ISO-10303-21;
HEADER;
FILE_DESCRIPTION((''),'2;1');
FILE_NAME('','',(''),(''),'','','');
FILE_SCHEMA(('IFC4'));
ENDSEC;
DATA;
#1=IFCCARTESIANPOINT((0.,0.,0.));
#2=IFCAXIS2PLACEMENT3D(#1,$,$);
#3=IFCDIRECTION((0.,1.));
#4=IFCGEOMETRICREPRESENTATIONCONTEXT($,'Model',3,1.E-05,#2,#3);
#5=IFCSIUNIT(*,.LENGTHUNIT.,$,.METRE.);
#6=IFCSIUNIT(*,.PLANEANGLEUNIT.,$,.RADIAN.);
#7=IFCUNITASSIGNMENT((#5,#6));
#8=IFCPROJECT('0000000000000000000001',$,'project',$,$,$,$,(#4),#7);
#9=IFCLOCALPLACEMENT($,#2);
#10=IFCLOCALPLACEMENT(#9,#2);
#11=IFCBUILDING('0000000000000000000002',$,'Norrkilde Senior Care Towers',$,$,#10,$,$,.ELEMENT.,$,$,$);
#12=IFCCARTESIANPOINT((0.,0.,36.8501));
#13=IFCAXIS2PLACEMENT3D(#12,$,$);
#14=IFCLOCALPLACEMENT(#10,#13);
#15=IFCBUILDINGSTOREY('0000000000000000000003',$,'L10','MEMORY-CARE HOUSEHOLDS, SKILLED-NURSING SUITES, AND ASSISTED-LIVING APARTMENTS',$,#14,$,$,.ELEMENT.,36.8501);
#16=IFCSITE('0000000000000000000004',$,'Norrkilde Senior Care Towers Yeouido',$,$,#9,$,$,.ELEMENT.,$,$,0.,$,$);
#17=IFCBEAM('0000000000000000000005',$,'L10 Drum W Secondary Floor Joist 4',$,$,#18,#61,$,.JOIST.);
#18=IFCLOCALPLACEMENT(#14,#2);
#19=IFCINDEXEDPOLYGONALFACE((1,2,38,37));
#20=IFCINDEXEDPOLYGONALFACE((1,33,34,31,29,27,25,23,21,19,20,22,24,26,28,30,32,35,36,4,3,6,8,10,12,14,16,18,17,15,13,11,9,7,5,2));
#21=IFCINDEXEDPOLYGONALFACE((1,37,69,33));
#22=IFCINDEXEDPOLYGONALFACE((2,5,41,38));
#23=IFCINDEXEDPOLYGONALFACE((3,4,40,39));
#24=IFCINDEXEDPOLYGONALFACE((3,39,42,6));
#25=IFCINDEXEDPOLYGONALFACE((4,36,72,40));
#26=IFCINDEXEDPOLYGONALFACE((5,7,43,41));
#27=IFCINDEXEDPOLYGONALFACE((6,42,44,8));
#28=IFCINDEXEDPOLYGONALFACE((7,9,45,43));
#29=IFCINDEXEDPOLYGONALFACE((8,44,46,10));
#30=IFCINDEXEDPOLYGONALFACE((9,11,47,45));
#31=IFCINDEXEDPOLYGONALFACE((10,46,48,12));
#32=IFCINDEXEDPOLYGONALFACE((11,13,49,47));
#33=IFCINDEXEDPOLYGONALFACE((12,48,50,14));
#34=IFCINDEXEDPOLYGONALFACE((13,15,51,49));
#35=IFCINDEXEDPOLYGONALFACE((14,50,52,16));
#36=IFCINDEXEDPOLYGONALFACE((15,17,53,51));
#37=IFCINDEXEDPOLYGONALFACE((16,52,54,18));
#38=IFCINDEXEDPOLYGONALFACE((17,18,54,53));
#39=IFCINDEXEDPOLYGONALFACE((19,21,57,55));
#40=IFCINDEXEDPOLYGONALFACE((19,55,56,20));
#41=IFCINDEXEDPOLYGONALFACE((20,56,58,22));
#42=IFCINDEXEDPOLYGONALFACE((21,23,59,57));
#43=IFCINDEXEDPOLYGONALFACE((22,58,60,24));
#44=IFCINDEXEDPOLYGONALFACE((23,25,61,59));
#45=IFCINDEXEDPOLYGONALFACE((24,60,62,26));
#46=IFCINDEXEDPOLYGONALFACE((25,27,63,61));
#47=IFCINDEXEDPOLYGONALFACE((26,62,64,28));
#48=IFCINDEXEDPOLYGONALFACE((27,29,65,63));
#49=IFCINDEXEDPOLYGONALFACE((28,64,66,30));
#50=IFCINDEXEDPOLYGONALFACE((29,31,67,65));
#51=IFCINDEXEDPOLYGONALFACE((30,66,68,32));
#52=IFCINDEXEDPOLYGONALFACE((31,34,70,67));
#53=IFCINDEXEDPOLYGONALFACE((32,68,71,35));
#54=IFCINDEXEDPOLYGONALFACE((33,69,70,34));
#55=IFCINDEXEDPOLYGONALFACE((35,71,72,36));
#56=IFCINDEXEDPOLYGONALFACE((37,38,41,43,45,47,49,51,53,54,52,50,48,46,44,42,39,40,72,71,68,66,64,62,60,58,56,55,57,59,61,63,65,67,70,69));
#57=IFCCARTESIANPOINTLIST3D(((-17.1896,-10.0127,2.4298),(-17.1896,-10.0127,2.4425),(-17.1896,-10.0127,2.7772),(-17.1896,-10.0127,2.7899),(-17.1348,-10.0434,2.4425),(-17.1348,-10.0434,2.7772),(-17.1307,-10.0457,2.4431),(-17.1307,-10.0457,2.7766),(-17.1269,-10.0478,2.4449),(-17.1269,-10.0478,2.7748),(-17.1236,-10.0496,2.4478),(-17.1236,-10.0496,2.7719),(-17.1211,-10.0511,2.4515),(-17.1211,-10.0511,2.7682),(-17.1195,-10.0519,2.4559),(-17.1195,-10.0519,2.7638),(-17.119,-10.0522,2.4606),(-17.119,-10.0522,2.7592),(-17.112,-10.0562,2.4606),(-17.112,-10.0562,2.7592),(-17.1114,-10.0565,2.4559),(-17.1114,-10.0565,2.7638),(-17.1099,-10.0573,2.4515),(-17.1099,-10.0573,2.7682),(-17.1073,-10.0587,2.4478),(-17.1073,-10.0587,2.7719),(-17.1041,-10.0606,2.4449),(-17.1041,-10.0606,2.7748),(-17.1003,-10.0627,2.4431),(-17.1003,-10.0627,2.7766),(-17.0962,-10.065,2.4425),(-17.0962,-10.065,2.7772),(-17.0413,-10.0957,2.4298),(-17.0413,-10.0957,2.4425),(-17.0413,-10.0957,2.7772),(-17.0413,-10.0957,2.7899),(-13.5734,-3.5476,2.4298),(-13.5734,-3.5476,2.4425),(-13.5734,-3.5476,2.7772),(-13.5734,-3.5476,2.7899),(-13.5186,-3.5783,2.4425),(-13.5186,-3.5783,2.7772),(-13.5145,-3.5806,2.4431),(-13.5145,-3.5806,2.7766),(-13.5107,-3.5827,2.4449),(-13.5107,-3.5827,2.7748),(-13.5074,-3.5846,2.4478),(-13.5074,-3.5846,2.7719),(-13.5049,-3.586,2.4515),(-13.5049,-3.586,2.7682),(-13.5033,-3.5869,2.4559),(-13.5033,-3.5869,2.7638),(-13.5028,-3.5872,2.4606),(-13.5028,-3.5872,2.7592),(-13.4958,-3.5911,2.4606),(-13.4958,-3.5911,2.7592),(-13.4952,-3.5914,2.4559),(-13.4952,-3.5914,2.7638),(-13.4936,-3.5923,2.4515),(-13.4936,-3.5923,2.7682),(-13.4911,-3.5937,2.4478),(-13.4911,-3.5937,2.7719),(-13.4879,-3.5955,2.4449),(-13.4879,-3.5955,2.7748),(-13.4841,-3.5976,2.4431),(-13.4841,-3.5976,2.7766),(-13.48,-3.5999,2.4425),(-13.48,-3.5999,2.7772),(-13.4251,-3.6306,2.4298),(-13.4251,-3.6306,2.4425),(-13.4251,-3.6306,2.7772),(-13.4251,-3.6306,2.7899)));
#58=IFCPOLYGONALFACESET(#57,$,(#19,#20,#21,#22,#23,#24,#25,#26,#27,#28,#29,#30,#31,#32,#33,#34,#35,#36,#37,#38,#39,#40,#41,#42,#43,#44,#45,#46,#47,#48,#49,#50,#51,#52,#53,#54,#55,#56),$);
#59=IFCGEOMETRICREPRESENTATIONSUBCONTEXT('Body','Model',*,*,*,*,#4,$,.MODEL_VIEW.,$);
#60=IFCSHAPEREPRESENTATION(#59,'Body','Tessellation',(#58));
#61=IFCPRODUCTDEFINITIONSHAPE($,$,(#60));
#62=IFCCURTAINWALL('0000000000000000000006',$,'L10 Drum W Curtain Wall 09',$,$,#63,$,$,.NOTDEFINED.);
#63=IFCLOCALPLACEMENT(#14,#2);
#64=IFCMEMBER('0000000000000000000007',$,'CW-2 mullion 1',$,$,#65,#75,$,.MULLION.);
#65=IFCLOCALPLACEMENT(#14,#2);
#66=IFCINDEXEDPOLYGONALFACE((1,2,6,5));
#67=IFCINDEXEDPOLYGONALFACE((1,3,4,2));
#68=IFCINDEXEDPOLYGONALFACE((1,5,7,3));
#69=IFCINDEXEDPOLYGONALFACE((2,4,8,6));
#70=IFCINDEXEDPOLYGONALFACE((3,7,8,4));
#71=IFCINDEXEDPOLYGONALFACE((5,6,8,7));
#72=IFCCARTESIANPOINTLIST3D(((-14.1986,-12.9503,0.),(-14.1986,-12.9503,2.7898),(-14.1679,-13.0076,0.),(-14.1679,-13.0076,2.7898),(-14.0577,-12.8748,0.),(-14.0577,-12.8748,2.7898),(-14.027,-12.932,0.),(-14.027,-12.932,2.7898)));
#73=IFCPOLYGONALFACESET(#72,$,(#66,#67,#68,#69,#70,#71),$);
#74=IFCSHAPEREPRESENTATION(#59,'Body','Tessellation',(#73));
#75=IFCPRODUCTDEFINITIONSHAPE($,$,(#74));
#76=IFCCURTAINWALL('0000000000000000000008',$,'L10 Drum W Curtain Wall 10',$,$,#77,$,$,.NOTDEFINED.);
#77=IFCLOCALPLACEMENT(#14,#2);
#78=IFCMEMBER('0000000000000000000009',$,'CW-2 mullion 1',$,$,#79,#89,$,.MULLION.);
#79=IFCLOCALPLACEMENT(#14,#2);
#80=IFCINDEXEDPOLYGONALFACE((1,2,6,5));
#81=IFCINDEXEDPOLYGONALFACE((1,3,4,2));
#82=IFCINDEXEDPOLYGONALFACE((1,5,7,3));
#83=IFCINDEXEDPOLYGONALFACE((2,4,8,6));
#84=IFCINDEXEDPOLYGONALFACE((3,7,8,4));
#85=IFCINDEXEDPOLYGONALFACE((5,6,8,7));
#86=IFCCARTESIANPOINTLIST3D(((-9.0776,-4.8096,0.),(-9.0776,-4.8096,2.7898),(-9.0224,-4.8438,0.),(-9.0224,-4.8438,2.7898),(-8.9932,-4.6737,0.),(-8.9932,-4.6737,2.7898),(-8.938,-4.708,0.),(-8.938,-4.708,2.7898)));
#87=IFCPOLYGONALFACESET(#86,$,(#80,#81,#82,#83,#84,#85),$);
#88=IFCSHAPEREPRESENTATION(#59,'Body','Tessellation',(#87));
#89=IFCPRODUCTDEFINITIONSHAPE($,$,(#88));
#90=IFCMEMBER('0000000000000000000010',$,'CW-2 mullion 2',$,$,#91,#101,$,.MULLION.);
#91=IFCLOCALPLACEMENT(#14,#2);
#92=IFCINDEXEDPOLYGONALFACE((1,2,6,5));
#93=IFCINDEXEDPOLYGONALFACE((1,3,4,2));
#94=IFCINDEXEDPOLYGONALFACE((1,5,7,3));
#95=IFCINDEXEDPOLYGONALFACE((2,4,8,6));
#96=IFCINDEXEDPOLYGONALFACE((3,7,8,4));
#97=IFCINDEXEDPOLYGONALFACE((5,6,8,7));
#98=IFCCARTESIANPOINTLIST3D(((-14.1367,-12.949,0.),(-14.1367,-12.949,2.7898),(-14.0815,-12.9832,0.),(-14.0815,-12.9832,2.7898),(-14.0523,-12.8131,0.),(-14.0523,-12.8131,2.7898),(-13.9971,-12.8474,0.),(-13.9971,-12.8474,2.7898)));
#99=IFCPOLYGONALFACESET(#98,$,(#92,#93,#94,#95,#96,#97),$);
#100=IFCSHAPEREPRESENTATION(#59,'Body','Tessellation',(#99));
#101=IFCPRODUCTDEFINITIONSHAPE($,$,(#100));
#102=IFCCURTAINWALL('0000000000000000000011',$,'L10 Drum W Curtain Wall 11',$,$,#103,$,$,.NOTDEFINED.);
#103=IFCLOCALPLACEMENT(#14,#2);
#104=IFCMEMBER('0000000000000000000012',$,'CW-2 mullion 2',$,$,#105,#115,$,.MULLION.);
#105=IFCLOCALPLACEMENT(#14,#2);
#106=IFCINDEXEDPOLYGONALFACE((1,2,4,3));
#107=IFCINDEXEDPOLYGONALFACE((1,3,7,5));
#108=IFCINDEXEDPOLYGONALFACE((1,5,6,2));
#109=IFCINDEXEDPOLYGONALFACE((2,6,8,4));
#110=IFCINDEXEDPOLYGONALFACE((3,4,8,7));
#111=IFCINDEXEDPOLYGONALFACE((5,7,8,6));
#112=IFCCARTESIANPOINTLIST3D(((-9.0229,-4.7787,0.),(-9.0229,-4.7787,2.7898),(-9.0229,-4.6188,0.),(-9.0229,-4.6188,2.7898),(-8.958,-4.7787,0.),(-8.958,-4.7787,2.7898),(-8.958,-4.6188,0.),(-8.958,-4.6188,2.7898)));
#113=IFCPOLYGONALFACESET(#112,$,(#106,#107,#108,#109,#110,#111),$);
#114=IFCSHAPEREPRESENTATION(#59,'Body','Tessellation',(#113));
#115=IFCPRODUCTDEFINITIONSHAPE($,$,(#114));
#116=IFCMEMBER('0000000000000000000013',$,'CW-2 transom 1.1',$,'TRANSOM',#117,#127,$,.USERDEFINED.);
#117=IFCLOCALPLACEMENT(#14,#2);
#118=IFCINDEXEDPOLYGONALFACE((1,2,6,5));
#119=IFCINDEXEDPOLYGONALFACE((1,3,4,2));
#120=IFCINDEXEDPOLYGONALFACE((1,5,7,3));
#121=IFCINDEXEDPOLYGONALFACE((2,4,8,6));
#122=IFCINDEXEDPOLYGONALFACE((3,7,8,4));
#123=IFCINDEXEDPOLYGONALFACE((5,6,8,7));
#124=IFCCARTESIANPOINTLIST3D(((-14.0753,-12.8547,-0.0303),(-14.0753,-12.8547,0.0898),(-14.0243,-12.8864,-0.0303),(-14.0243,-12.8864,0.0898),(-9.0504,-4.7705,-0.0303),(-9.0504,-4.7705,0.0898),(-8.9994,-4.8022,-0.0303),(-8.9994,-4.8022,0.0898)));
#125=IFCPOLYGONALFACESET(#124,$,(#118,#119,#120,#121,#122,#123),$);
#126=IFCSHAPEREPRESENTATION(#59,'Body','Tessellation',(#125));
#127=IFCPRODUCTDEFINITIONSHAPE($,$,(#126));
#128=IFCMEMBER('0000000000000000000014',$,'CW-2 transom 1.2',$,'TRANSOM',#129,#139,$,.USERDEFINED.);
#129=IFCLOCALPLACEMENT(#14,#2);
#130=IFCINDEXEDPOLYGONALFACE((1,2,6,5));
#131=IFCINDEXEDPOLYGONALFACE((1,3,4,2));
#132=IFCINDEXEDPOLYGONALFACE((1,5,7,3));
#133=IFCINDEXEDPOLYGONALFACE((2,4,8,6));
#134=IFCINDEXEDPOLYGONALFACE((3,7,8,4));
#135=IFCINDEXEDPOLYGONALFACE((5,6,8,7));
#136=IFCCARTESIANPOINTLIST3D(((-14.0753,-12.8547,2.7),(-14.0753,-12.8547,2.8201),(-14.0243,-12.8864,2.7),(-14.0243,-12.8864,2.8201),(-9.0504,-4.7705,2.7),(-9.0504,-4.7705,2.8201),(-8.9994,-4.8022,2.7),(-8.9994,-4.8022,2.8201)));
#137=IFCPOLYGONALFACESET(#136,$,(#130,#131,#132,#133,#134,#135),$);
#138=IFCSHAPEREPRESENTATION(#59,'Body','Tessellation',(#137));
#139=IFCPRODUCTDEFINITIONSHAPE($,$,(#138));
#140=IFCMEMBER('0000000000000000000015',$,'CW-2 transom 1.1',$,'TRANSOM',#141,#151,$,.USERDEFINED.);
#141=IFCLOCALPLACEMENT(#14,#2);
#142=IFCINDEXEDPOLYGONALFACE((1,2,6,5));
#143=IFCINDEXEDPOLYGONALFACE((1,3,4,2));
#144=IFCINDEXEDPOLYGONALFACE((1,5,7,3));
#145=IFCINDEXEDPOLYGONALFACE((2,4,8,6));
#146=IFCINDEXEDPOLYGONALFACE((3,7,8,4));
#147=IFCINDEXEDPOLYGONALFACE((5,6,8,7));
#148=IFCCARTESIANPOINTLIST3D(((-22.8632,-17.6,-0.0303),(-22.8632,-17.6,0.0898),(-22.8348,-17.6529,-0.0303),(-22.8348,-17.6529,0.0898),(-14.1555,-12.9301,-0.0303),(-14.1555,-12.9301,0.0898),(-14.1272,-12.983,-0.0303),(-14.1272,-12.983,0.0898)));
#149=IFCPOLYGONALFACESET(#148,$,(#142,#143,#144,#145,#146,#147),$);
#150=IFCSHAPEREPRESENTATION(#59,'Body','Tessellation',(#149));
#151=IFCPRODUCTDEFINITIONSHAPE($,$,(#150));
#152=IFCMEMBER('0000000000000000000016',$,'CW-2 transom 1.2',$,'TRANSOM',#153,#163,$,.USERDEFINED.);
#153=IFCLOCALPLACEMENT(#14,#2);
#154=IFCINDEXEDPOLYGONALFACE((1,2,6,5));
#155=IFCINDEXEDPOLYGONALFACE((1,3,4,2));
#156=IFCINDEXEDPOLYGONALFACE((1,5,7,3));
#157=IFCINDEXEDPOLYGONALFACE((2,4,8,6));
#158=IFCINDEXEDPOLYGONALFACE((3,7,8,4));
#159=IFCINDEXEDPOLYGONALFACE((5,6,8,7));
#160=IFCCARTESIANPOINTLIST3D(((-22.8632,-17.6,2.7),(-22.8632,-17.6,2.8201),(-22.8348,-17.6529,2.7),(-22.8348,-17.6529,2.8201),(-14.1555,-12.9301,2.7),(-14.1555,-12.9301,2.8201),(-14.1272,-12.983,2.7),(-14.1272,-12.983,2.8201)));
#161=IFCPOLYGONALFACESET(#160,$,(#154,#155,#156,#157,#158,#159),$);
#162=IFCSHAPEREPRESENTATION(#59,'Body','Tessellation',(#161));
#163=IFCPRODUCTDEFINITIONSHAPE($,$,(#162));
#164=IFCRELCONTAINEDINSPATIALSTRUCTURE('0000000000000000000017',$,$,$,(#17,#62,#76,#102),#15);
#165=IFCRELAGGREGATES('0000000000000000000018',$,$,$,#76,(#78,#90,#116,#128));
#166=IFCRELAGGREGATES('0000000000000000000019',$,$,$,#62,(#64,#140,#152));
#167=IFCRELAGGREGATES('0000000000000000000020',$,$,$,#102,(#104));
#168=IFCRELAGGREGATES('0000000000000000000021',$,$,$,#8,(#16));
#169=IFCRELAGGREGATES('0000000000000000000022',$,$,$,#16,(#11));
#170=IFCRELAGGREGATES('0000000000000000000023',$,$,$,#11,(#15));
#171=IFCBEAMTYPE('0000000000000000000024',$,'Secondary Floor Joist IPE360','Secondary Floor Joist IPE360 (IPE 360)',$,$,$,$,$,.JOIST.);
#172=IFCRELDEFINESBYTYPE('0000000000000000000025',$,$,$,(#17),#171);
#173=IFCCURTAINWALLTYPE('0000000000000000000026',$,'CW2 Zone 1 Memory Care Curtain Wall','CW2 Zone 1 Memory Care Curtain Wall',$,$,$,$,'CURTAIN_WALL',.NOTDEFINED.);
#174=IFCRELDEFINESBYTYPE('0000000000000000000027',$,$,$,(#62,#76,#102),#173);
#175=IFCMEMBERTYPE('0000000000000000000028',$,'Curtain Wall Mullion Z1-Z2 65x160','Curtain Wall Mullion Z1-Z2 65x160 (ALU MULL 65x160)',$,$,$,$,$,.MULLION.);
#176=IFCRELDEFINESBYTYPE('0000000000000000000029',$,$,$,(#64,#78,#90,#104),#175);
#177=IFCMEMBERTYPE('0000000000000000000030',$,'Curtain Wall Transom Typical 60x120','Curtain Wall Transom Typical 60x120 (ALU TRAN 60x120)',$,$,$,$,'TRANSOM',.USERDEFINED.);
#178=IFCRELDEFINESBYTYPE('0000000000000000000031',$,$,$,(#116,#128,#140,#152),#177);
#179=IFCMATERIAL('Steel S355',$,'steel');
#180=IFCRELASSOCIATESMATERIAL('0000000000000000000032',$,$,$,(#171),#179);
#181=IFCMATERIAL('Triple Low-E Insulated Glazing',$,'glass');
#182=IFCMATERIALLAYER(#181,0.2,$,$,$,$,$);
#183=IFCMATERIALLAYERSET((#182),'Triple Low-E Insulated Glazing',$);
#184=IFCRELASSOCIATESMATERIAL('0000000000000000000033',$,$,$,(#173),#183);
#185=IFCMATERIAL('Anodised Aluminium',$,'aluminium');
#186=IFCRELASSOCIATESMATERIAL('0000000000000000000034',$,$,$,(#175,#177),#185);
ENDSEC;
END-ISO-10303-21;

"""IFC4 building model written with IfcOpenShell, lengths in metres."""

from ifc_helpers import new_model, si_unit, direction, frame, origin, origin_2d, place, context, subcontext, project, spatial, rectangle, i_section, extrude, source, transform, mapped, material, layer, layer_set, material_profile, profile_set, type_object, type_shapes, element, aggregate, save


model = new_model("IFC4")

# Units and contexts
model_context = context("Model", 3, precision=1e-05, world=origin(), true_north=direction((0.0, 1.0)))
body_context = subcontext(model_context, "Body", "Model", "MODEL_VIEW")
ifc_project = project(units=[si_unit("LENGTHUNIT", "METRE"), si_unit("PLANEANGLEUNIT", "RADIAN")], contexts=[model_context])

# Site, building, storey
site_placement = place(None, origin())
site = spatial("IfcSite", under=ifc_project, at=site_placement, Name="Norrkilde Senior Care Towers Yeouido", CompositionType="ELEMENT", RefElevation=0.0)
building_placement = place(site_placement, origin())
building = spatial("IfcBuilding", under=site, at=building_placement, Name="Norrkilde Senior Care Towers", CompositionType="ELEMENT")
storey_placement = place(building_placement, frame((0.0, 0.0, 36.8501)))
storey = spatial("IfcBuildingStorey", under=building, at=storey_placement, Name="L10", Description="MEMORY-CARE HOUSEHOLDS, SKILLED-NURSING SUITES, AND ASSISTED-LIVING APARTMENTS", CompositionType="ELEMENT", Elevation=36.8501)

# Beam
ifc_material_1 = material(Name="Steel S355", Category="steel")
ifc_material_profile_1 = material_profile(ifc_material_1, i_section(OverallWidth=0.1699, OverallDepth=0.3601, WebThickness=0.0081, FlangeThickness=0.0127, FilletRadius=0.0181, at=origin_2d()), Name="IPE 360")
ifc_profile_set_1 = profile_set([ifc_material_profile_1], Name="Steel S355")
beam_type_1 = type_object("IfcBeamType", Name="Secondary Floor Joist IPE360", Description="Secondary Floor Joist IPE360 (IPE 360)", PredefinedType="JOIST", material=ifc_profile_set_1)
shared_shape_1 = source(origin(), body_context, "Body", "SweptSolid", [
    extrude(i_section(OverallWidth=0.1699, OverallDepth=0.3601, WebThickness=0.0081, FlangeThickness=0.0127, FilletRadius=0.0181, at=origin_2d()), origin(), (0.0, 0.0, 1.0), 7.4077),
])
type_shapes(beam_type_1, [shared_shape_1])
beam_1_placement = place(storey_placement, frame((-17.1155, -10.0542, 2.6099), z_axis=(0.488168, 0.87275, 0.0), x_axis=(-0.87275, 0.488168, 0.0)))
element("IfcBeam", 1, at=beam_1_placement, inside=storey, type_object=beam_type_1, Name="L10 Drum W Secondary Floor Joist 4", PredefinedType="JOIST", context=body_context, shape_type="MappedRepresentation", body=[
    mapped(shared_shape_1, transform((0.0, 0.0, 0.0), x_axis=(1.0, 0.0, 0.0), y_axis=(0.0, 1.0, 0.0), z_axis=(0.0, 0.0, 1.0), scale=1.0)),
])

# Curtain wall, member
ifc_material_2 = material(Name="Triple Low-E Insulated Glazing", Category="glass")
ifc_layer_1 = layer(ifc_material_2, 0.2)
ifc_layer_set_1 = layer_set([ifc_layer_1], Name="Triple Low-E Insulated Glazing")
curtain_wall_type = type_object("IfcCurtainWallType", Name="CW2 Zone 1 Memory Care Curtain Wall", Description="CW2 Zone 1 Memory Care Curtain Wall", ElementType="CURTAIN_WALL", PredefinedType="NOTDEFINED", material=ifc_layer_set_1)
curtain_wall_1_placement = place(storey_placement, origin())
curtain_wall_1 = element("IfcCurtainWall", 2, at=curtain_wall_1_placement, inside=storey, type_object=curtain_wall_type, Name="L10 Drum W Curtain Wall 09", PredefinedType="NOTDEFINED")
ifc_material_3 = material(Name="Anodised Aluminium", Category="aluminium")
ifc_material_profile_2 = material_profile(ifc_material_3, rectangle(XDim=0.0649, YDim=0.1599, at=origin_2d()), Name="ALU MULL 65x160")
ifc_profile_set_2 = profile_set([ifc_material_profile_2], Name="Anodised Aluminium")
member_type_1 = type_object("IfcMemberType", Name="Curtain Wall Mullion Z1-Z2 65x160", Description="Curtain Wall Mullion Z1-Z2 65x160 (ALU MULL 65x160)", PredefinedType="MULLION", material=ifc_profile_set_2)
shared_shape_2 = source(origin(), body_context, "Body", "SweptSolid", [
    extrude(rectangle(XDim=0.0649, YDim=0.1599, at=origin_2d()), origin(), (0.0, 0.0, 1.0), 2.7898),
])
type_shapes(member_type_1, [shared_shape_2])
member_1_placement = place(storey_placement, frame((-14.1128, -12.9412, 0.0), z_axis=(0.0, 0.0, 1.0), x_axis=(0.472608, -0.881273, 0.0)))
member_1 = element("IfcMember", 3, at=member_1_placement, type_object=member_type_1, Name="CW-2 mullion 1", PredefinedType="MULLION", context=body_context, shape_type="MappedRepresentation", body=[
    mapped(shared_shape_2, transform((0.0, 0.0, 0.0), x_axis=(1.0, 0.0, 0.0), y_axis=(0.0, 1.0, 0.0), z_axis=(0.0, 0.0, 1.0), scale=1.0)),
])

# Curtain wall, members
curtain_wall_2_placement = place(storey_placement, origin())
curtain_wall_2 = element("IfcCurtainWall", 4, at=curtain_wall_2_placement, inside=storey, type_object=curtain_wall_type, Name="L10 Drum W Curtain Wall 10", PredefinedType="NOTDEFINED")
member_2_placement = place(storey_placement, frame((-9.0078, -4.7588, 0.0), z_axis=(0.0, 0.0, 1.0), x_axis=(0.849306, -0.527901, 0.0)))
member_2 = element("IfcMember", 5, at=member_2_placement, type_object=member_type_1, Name="CW-2 mullion 1", PredefinedType="MULLION", context=body_context, shape_type="MappedRepresentation", body=[
    mapped(shared_shape_2, transform((0.0, 0.0, 0.0), x_axis=(1.0, 0.0, 0.0), y_axis=(0.0, 1.0, 0.0), z_axis=(0.0, 0.0, 1.0), scale=1.0)),
])
member_3_placement = place(storey_placement, frame((-14.0669, -12.8982, 0.0), z_axis=(0.0, 0.0, 1.0), x_axis=(0.849306, -0.527901, 0.0)))
member_3 = element("IfcMember", 6, at=member_3_placement, type_object=member_type_1, Name="CW-2 mullion 2", PredefinedType="MULLION", context=body_context, shape_type="MappedRepresentation", body=[
    mapped(shared_shape_2, transform((0.0, 0.0, 0.0), x_axis=(1.0, 0.0, 0.0), y_axis=(0.0, 1.0, 0.0), z_axis=(0.0, 0.0, 1.0), scale=1.0)),
])

# Curtain wall, member
curtain_wall_3_placement = place(storey_placement, origin())
curtain_wall_3 = element("IfcCurtainWall", 7, at=curtain_wall_3_placement, inside=storey, type_object=curtain_wall_type, Name="L10 Drum W Curtain Wall 11", PredefinedType="NOTDEFINED")
member_4_placement = place(storey_placement, frame((-8.9905, -4.6987, 0.0), z_axis=(0.0, 0.0, 1.0), x_axis=(1.0, 0.0, 0.0)))
member_4 = element("IfcMember", 8, at=member_4_placement, type_object=member_type_1, Name="CW-2 mullion 2", PredefinedType="MULLION", context=body_context, shape_type="MappedRepresentation", body=[
    mapped(shared_shape_2, transform((0.0, 0.0, 0.0), x_axis=(1.0, 0.0, 0.0), y_axis=(0.0, 1.0, 0.0), z_axis=(0.0, 0.0, 1.0), scale=1.0)),
])

# Members
ifc_material_profile_3 = material_profile(ifc_material_3, rectangle(XDim=0.0601, YDim=0.1201, at=origin_2d()), Name="ALU TRAN 60x120")
ifc_profile_set_3 = profile_set([ifc_material_profile_3], Name="Anodised Aluminium")
member_type_2 = type_object("IfcMemberType", Name="Curtain Wall Transom Typical 60x120", Description="Curtain Wall Transom Typical 60x120 (ALU TRAN 60x120)", ElementType="TRANSOM", PredefinedType="USERDEFINED", material=ifc_profile_set_3)
shared_shape_3 = source(origin(), body_context, "Body", "SweptSolid", [
    extrude(rectangle(XDim=0.0601, YDim=0.1201, at=origin_2d()), origin(), (0.0, 0.0, 1.0), 9.5186),
])
member_5_placement = place(storey_placement, frame((-9.0249, -4.7864, 0.0298), z_axis=(-0.527902, -0.849306, 0.0), x_axis=(0.849306, -0.527902, 0.0)))
member_5 = element("IfcMember", 9, at=member_5_placement, type_object=member_type_2, Name="CW-2 transom 1.1", ObjectType="TRANSOM", PredefinedType="USERDEFINED", context=body_context, shape_type="MappedRepresentation", body=[
    mapped(shared_shape_3, transform((0.0, 0.0, 0.0), x_axis=(1.0, 0.0, 0.0), y_axis=(0.0, 1.0, 0.0), z_axis=(0.0, 0.0, 1.0), scale=1.0)),
])
member_6_placement = place(storey_placement, frame((-9.0249, -4.7864, 2.76), z_axis=(-0.527902, -0.849306, 0.0), x_axis=(0.849306, -0.527902, 0.0)))
member_6 = element("IfcMember", 10, at=member_6_placement, type_object=member_type_2, Name="CW-2 transom 1.2", ObjectType="TRANSOM", PredefinedType="USERDEFINED", context=body_context, shape_type="MappedRepresentation", body=[
    mapped(shared_shape_3, transform((0.0, 0.0, 0.0), x_axis=(1.0, 0.0, 0.0), y_axis=(0.0, 1.0, 0.0), z_axis=(0.0, 0.0, 1.0), scale=1.0)),
])
shared_shape_4 = source(origin(), body_context, "Body", "SweptSolid", [
    extrude(rectangle(XDim=0.0601, YDim=0.1201, at=origin_2d()), origin(), (0.0, 0.0, 1.0), 9.8809),
])
type_shapes(member_type_2, [shared_shape_3, shared_shape_4])
member_7_placement = place(storey_placement, frame((-14.1414, -12.9565, 0.0298), z_axis=(-0.881267, -0.472618, 0.0), x_axis=(0.472618, -0.881267, 0.0)))
member_7 = element("IfcMember", 11, at=member_7_placement, type_object=member_type_2, Name="CW-2 transom 1.1", ObjectType="TRANSOM", PredefinedType="USERDEFINED", context=body_context, shape_type="MappedRepresentation", body=[
    mapped(shared_shape_4, transform((0.0, 0.0, 0.0), x_axis=(1.0, 0.0, 0.0), y_axis=(0.0, 1.0, 0.0), z_axis=(0.0, 0.0, 1.0), scale=1.0)),
])
member_8_placement = place(storey_placement, frame((-14.1414, -12.9565, 2.76), z_axis=(-0.881267, -0.472618, 0.0), x_axis=(0.472618, -0.881267, 0.0)))
member_8 = element("IfcMember", 12, at=member_8_placement, type_object=member_type_2, Name="CW-2 transom 1.2", ObjectType="TRANSOM", PredefinedType="USERDEFINED", context=body_context, shape_type="MappedRepresentation", body=[
    mapped(shared_shape_4, transform((0.0, 0.0, 0.0), x_axis=(1.0, 0.0, 0.0), y_axis=(0.0, 1.0, 0.0), z_axis=(0.0, 0.0, 1.0), scale=1.0)),
])

aggregate(curtain_wall_2, [member_2, member_3, member_5, member_6])
aggregate(curtain_wall_1, [member_1, member_7, member_8])
aggregate(curtain_wall_3, [member_4])

save(model, "model.ifc")
